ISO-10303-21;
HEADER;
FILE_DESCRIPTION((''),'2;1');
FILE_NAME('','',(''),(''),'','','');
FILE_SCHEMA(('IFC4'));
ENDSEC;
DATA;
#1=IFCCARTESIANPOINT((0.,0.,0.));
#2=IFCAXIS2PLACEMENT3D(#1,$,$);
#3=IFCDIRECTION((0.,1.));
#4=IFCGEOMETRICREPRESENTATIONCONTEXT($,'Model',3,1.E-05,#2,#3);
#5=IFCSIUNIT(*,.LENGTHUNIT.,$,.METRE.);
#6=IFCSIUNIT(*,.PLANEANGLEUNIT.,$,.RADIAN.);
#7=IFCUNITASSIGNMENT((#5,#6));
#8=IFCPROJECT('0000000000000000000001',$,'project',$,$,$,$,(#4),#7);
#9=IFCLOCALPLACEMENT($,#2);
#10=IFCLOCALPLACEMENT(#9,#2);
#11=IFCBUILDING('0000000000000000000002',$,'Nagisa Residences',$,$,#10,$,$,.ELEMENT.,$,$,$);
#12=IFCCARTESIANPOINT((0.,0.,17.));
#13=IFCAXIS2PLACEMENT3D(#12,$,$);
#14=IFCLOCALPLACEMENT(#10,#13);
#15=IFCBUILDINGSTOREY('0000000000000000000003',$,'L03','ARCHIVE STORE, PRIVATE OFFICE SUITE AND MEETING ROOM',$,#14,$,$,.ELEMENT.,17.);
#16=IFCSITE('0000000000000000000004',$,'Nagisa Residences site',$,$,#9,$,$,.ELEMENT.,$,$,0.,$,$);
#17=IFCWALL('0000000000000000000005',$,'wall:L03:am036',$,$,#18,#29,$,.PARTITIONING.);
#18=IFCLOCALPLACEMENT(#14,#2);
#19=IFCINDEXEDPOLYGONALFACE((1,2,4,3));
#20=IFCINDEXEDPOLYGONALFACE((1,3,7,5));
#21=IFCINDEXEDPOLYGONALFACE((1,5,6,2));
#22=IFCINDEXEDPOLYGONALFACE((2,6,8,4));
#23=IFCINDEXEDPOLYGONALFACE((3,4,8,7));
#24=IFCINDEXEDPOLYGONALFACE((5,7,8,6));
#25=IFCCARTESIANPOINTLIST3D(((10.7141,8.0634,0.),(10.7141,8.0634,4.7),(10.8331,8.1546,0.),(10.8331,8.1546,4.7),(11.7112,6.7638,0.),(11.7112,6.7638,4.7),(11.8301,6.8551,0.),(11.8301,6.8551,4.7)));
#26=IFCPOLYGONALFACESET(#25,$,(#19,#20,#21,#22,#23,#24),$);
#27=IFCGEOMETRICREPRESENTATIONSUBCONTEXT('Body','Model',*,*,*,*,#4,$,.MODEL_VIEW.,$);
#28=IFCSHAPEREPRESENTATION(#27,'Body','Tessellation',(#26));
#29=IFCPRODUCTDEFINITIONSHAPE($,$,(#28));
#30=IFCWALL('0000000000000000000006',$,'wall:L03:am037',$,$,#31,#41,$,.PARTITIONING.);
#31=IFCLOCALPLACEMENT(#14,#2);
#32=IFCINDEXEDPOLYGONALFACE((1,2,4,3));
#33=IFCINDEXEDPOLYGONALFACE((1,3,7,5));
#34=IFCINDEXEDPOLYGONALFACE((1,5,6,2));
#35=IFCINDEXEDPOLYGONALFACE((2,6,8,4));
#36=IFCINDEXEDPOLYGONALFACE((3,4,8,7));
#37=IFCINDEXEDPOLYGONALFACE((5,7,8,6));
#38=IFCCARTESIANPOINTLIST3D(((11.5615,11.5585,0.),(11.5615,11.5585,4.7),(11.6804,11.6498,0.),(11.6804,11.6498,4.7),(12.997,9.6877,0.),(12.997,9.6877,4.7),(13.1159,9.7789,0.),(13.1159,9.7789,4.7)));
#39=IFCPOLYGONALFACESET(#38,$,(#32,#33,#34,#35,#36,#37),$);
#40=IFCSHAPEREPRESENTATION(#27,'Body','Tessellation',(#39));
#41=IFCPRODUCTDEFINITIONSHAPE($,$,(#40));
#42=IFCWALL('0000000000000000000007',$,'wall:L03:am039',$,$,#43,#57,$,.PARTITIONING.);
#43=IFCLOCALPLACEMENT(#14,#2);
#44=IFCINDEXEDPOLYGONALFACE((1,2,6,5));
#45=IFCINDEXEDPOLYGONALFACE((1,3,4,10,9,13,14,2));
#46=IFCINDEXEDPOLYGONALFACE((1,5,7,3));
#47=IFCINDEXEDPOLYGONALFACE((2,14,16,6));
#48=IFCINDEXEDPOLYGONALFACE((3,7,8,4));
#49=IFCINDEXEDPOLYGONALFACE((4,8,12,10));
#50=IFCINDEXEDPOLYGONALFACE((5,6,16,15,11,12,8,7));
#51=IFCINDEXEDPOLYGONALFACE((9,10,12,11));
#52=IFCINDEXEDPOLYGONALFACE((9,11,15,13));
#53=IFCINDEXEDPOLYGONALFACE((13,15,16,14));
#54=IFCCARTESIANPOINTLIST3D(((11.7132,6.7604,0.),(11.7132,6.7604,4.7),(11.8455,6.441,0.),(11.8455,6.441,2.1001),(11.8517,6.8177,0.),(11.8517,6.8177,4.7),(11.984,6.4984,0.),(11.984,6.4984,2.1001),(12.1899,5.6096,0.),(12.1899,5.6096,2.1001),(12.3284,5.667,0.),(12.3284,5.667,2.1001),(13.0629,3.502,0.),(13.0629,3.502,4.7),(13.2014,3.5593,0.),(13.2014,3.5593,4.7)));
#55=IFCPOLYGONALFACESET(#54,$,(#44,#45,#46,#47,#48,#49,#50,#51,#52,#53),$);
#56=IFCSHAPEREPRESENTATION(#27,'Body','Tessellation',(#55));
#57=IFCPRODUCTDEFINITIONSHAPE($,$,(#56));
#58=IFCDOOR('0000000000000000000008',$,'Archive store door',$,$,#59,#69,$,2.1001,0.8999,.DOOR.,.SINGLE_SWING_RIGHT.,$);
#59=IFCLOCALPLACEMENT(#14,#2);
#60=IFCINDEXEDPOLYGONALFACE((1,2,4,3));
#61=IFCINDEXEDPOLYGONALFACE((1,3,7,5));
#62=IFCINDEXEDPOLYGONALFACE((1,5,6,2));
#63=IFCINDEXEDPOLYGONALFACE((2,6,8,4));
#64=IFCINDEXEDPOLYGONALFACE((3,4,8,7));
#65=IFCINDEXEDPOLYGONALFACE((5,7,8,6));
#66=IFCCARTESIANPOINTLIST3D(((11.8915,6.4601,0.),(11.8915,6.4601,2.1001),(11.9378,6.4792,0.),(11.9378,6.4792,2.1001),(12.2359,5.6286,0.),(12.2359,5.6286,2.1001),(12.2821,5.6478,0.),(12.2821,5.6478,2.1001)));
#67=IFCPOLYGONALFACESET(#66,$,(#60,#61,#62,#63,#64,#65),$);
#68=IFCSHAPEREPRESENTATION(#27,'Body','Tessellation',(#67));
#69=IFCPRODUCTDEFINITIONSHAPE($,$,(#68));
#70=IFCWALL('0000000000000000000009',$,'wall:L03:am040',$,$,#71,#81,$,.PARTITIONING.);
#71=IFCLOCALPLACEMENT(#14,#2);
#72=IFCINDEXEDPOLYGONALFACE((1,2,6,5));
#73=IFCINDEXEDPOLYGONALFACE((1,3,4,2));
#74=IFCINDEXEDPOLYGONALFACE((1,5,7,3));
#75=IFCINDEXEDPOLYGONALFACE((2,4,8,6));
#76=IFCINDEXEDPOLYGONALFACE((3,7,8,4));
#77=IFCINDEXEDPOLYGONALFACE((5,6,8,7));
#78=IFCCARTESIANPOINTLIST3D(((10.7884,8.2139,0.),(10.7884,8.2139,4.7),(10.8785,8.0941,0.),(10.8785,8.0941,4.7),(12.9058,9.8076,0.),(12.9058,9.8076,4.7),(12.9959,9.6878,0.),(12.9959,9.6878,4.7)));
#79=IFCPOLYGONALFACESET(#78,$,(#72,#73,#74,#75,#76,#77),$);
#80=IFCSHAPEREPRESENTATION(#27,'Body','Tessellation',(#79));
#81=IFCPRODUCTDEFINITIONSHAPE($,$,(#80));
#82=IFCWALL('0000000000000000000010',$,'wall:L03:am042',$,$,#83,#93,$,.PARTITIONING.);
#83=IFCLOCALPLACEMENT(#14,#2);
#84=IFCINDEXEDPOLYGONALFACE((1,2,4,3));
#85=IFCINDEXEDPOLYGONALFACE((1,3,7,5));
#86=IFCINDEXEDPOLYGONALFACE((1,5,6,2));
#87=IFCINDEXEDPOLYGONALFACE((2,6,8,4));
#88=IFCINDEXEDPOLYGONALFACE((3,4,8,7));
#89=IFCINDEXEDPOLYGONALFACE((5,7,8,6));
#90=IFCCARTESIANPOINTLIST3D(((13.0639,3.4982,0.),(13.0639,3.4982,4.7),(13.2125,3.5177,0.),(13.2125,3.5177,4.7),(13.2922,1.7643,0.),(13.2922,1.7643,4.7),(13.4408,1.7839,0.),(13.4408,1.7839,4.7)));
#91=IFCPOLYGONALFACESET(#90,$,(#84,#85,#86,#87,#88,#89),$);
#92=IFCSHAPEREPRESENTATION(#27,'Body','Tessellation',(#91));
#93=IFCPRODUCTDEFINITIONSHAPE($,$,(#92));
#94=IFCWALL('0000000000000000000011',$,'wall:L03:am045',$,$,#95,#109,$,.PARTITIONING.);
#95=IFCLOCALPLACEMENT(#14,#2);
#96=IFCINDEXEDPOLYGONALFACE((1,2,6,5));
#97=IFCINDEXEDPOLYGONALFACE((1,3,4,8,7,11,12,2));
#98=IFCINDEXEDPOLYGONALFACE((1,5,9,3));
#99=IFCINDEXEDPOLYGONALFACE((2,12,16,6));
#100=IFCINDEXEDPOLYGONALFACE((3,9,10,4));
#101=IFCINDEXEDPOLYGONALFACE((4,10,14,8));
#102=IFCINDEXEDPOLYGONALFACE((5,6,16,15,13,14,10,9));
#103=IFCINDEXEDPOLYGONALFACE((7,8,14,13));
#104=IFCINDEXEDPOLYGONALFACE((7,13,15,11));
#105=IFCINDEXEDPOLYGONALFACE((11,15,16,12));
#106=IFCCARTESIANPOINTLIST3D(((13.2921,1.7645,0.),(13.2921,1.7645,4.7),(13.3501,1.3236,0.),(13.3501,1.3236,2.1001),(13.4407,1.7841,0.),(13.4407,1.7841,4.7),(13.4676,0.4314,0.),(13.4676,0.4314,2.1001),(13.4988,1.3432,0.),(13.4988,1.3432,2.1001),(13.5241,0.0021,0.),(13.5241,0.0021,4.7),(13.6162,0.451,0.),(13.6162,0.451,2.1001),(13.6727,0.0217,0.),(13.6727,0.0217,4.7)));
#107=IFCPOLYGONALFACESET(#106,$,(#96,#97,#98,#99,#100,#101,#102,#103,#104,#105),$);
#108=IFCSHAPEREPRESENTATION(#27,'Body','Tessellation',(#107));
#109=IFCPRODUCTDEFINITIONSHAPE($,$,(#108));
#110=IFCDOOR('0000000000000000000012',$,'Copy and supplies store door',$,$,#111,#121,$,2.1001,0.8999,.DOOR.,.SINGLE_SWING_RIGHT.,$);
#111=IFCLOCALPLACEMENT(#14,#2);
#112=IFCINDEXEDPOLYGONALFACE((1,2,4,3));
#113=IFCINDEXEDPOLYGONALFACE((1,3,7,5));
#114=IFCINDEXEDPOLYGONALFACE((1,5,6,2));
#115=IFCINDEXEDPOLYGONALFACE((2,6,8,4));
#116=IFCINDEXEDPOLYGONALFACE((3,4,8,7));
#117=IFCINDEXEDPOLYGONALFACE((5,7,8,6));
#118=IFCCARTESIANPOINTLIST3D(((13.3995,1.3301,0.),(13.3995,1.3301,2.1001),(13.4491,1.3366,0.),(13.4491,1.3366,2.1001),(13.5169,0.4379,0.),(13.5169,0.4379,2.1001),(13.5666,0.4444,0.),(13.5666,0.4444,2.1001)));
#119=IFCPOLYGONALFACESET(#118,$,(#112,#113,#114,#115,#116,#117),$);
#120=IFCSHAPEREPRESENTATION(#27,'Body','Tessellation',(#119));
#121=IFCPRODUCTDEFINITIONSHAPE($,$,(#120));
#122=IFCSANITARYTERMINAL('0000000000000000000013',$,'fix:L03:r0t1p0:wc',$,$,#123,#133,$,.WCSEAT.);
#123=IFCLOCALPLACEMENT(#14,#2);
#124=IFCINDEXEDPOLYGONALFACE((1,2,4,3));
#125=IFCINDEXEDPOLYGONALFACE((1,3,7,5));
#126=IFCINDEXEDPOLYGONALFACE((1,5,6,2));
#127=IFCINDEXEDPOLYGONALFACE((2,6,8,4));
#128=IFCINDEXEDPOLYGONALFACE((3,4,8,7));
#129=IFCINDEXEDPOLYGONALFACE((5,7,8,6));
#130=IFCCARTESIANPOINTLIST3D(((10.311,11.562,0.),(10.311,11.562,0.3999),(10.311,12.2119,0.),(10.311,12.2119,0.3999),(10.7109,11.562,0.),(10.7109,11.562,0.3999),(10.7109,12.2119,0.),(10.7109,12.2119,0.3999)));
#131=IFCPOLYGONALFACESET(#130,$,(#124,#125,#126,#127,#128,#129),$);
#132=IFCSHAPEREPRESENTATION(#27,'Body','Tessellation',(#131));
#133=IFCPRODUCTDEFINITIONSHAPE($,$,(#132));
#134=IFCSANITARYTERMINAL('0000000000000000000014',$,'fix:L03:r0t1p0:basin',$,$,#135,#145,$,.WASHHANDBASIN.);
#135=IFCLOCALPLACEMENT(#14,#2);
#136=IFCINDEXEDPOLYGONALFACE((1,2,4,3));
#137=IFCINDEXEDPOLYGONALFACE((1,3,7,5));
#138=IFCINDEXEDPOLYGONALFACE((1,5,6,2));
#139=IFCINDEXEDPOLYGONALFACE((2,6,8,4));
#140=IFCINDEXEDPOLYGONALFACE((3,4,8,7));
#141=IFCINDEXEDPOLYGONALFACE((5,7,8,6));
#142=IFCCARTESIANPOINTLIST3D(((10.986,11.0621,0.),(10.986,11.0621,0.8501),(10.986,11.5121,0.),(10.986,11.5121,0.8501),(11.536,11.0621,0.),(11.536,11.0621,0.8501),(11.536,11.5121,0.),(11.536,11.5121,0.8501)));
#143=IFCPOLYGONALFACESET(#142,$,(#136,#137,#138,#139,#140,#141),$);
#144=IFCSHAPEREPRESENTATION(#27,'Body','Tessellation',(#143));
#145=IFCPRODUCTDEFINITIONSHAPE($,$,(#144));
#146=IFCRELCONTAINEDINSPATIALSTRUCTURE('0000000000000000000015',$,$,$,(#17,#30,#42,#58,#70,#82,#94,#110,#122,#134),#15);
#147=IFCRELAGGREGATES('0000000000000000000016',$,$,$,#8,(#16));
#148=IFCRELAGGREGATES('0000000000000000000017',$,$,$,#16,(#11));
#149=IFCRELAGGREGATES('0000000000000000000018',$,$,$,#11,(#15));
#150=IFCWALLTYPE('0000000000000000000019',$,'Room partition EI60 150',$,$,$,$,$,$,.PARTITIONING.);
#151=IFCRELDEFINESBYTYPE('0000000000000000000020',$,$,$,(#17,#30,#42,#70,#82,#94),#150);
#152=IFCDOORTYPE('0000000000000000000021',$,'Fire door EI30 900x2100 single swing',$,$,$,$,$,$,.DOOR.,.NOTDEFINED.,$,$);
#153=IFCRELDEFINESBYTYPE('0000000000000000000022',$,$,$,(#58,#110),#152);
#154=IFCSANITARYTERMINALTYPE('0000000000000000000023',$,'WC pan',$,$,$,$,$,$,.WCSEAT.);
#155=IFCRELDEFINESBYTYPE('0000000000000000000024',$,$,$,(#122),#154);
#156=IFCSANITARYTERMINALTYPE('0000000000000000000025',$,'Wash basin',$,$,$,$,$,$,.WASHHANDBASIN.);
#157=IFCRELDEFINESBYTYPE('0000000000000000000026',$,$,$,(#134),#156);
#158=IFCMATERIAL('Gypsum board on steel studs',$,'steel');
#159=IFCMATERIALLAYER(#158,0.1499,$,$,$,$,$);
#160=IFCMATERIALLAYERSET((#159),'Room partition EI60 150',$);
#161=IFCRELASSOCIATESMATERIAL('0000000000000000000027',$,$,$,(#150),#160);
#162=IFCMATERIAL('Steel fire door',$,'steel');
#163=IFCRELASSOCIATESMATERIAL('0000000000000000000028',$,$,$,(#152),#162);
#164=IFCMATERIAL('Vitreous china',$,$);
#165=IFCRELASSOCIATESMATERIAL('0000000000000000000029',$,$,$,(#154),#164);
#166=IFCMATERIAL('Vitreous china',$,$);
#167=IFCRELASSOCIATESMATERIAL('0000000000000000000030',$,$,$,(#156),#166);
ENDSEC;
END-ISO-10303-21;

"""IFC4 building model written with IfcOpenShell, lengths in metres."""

from ifc_helpers import new_model, si_unit, direction, frame, frame_2d, origin, origin_2d, place, context, subcontext, project, spatial, rectangle, extrude, material, layer, layer_set, type_object, element, fill, save


model = new_model("IFC4")

# Units and contexts
model_context = context("Model", 3, precision=1e-05, world=origin(), true_north=direction((0.0, 1.0)))
body_context = subcontext(model_context, "Body", "Model", "MODEL_VIEW")
ifc_project = project(units=[si_unit("LENGTHUNIT", "METRE"), si_unit("PLANEANGLEUNIT", "RADIAN")], contexts=[model_context])

# Site, building, storey
site_placement = place(None, origin())
site = spatial("IfcSite", under=ifc_project, at=site_placement, Name="Nagisa Residences site", CompositionType="ELEMENT", RefElevation=0.0)
building_placement = place(site_placement, origin())
building = spatial("IfcBuilding", under=site, at=building_placement, Name="Nagisa Residences", CompositionType="ELEMENT")
storey_placement = place(building_placement, frame((0.0, 0.0, 17.0)))
storey = spatial("IfcBuildingStorey", under=building, at=storey_placement, Name="L03", Description="ARCHIVE STORE, PRIVATE OFFICE SUITE AND MEETING ROOM", CompositionType="ELEMENT", Elevation=17.0)

# Walls
ifc_material_1 = material(Name="Gypsum board on steel studs", Category="steel")
ifc_layer_1 = layer(ifc_material_1, 0.1499)
ifc_layer_set_1 = layer_set([ifc_layer_1], Name="Room partition EI60 150")
wall_type = type_object("IfcWallType", Name="Room partition EI60 150", PredefinedType="PARTITIONING", material=ifc_layer_set_1)
wall_1_placement = place(storey_placement, frame((10.7737, 8.1089, 0.0), z_axis=(0.0, 0.0, 1.0), x_axis=(0.608716, -0.793388, 0.0)))
element("IfcWall", 1, at=wall_1_placement, inside=storey, type_object=wall_type, Name="wall:L03:am036", PredefinedType="PARTITIONING", context=body_context, shape_type="SweptSolid", body=[
    extrude(rectangle(XDim=1.6379, YDim=0.1499, at=frame_2d((0.8188, 0.0))), origin(), (0.0, 0.0, 1.0), 4.7),
])
wall_2_placement = place(storey_placement, frame((11.6208, 11.6042, 0.0), z_axis=(0.0, 0.0, 1.0), x_axis=(0.60876, -0.793355, 0.0)))
element("IfcWall", 2, at=wall_2_placement, inside=storey, type_object=wall_type, Name="wall:L03:am037", PredefinedType="PARTITIONING", context=body_context, shape_type="SweptSolid", body=[
    extrude(rectangle(XDim=2.3582, YDim=0.1499, at=frame_2d((1.1792, 0.0))), origin(), (0.0, 0.0, 1.0), 4.7),
])

# Wall, opening, door
wall_3_placement = place(storey_placement, frame((11.7825, 6.7891, 0.0), z_axis=(0.0, 0.0, 1.0), x_axis=(0.382678, -0.923882, 0.0)))
wall_3 = element("IfcWall", 3, at=wall_3_placement, inside=storey, type_object=wall_type, Name="wall:L03:am039", PredefinedType="PARTITIONING", context=body_context, shape_type="SweptSolid", body=[
    extrude(rectangle(XDim=3.5269, YDim=0.1499, at=frame_2d((1.7634, 0.0))), origin(), (0.0, 0.0, 1.0), 4.7),
])
opening_1_placement = place(wall_3_placement, frame((0.3457, 0.0, 0.0)))
opening_1 = element("IfcOpeningElement", 4, at=opening_1_placement, cuts=wall_3, PredefinedType="OPENING", context=body_context, shape_type="SweptSolid", body=[
    extrude(rectangle(XDim=0.8999, YDim=2.1001, at=frame_2d((0.45, 1.05))), frame((0.0, 0.085, 0.0), z_axis=(0.0, -1.0, 0.0), x_axis=(1.0, 0.0, 0.0)), (0.0, 0.0, 1.0), 0.1699),
])
ifc_material_2 = material(Name="Steel fire door", Category="steel")
door_type = type_object("IfcDoorType", Name="Fire door EI30 900x2100 single swing", OperationType="NOTDEFINED", PredefinedType="DOOR", material=ifc_material_2)
door_1_placement = place(opening_1_placement, origin())
door_1 = element("IfcDoor", 5, at=door_1_placement, inside=storey, type_object=door_type, Name="Archive store door", OperationType="SINGLE_SWING_RIGHT", OverallHeight=2.1001, OverallWidth=0.8999, PredefinedType="DOOR", context=body_context, shape_type="SweptSolid", body=[
    extrude(rectangle(XDim=0.8999, YDim=2.1001, at=frame_2d((0.45, 1.05))), frame((0.0, 0.0249, 0.0), z_axis=(0.0, -1.0, 0.0), x_axis=(1.0, 0.0, 0.0)), (0.0, 0.0, 1.0), 0.05),
])
fill(opening_1, door_1)

# Walls
wall_4_placement = place(storey_placement, frame((12.9509, 9.7478, 0.0), z_axis=(0.0, 0.0, 1.0), x_axis=(-0.798971, -0.60137, 0.0)))
element("IfcWall", 6, at=wall_4_placement, inside=storey, type_object=wall_type, Name="wall:L03:am040", PredefinedType="PARTITIONING", context=body_context, shape_type="SweptSolid", body=[
    extrude(rectangle(XDim=2.6501, YDim=0.1499, at=frame_2d((1.3252, 0.0))), origin(), (0.0, 0.0, 1.0), 4.7),
])
wall_5_placement = place(storey_placement, frame((13.1382, 3.5081, 0.0), z_axis=(0.0, 0.0, 1.0), x_axis=(0.130527, -0.991445, 0.0)))
element("IfcWall", 7, at=wall_5_placement, inside=storey, type_object=wall_type, Name="wall:L03:am042", PredefinedType="PARTITIONING", context=body_context, shape_type="SweptSolid", body=[
    extrude(rectangle(XDim=1.7488, YDim=0.1499, at=frame_2d((0.8745, 0.0))), origin(), (0.0, 0.0, 1.0), 4.7),
])

# Wall, opening, door
wall_6_placement = place(storey_placement, frame((13.3665, 1.7742, 0.0), z_axis=(0.0, 0.0, 1.0), x_axis=(0.130472, -0.991452, 0.0)))
wall_6 = element("IfcWall", 8, at=wall_6_placement, inside=storey, type_object=wall_type, Name="wall:L03:am045", PredefinedType="PARTITIONING", context=body_context, shape_type="SweptSolid", body=[
    extrude(rectangle(XDim=1.7776, YDim=0.1499, at=frame_2d((0.8887, 0.0))), origin(), (0.0, 0.0, 1.0), 4.7),
])
opening_2_placement = place(wall_6_placement, frame((0.4446, 0.0, 0.0)))
opening_2 = element("IfcOpeningElement", 9, at=opening_2_placement, cuts=wall_6, PredefinedType="OPENING", context=body_context, shape_type="SweptSolid", body=[
    extrude(rectangle(XDim=0.8999, YDim=2.1001, at=frame_2d((0.45, 1.05))), frame((0.0, 0.085, 0.0), z_axis=(0.0, -1.0, 0.0), x_axis=(1.0, 0.0, 0.0)), (0.0, 0.0, 1.0), 0.1699),
])
door_2_placement = place(opening_2_placement, origin())
door_2 = element("IfcDoor", 10, at=door_2_placement, inside=storey, type_object=door_type, Name="Copy and supplies store door", OperationType="SINGLE_SWING_RIGHT", OverallHeight=2.1001, OverallWidth=0.8999, PredefinedType="DOOR", context=body_context, shape_type="SweptSolid", body=[
    extrude(rectangle(XDim=0.8999, YDim=2.1001, at=frame_2d((0.45, 1.05))), frame((0.0, 0.0249, 0.0), z_axis=(0.0, -1.0, 0.0), x_axis=(1.0, 0.0, 0.0)), (0.0, 0.0, 1.0), 0.05),
])
fill(opening_2, door_2)

# Sanitary terminals
ifc_material_3 = material(Name="Vitreous china")
sanitary_terminal_type_1 = type_object("IfcSanitaryTerminalType", Name="WC pan", PredefinedType="WCSEAT", material=ifc_material_3)
sanitary_terminal_1_placement = place(storey_placement, frame((10.511, 11.887, 0.0), z_axis=(0.0, 0.0, 1.0), x_axis=(1.0, 0.0, 0.0)))
element("IfcSanitaryTerminal", 11, at=sanitary_terminal_1_placement, inside=storey, type_object=sanitary_terminal_type_1, Name="fix:L03:r0t1p0:wc", PredefinedType="WCSEAT", context=body_context, shape_type="SweptSolid", body=[
    extrude(rectangle(XDim=0.3999, YDim=0.6499, at=origin_2d()), origin(), (0.0, 0.0, 1.0), 0.3999),
])
ifc_material_4 = material(Name="Vitreous china")
sanitary_terminal_type_2 = type_object("IfcSanitaryTerminalType", Name="Wash basin", PredefinedType="WASHHANDBASIN", material=ifc_material_4)
sanitary_terminal_2_placement = place(storey_placement, frame((11.261, 11.2871, 0.0), z_axis=(0.0, 0.0, 1.0), x_axis=(1.0, 0.0, 0.0)))
element("IfcSanitaryTerminal", 12, at=sanitary_terminal_2_placement, inside=storey, type_object=sanitary_terminal_type_2, Name="fix:L03:r0t1p0:basin", PredefinedType="WASHHANDBASIN", context=body_context, shape_type="SweptSolid", body=[
    extrude(rectangle(XDim=0.55, YDim=0.45, at=origin_2d()), origin(), (0.0, 0.0, 1.0), 0.8501),
])

save(model, "model.ifc")
